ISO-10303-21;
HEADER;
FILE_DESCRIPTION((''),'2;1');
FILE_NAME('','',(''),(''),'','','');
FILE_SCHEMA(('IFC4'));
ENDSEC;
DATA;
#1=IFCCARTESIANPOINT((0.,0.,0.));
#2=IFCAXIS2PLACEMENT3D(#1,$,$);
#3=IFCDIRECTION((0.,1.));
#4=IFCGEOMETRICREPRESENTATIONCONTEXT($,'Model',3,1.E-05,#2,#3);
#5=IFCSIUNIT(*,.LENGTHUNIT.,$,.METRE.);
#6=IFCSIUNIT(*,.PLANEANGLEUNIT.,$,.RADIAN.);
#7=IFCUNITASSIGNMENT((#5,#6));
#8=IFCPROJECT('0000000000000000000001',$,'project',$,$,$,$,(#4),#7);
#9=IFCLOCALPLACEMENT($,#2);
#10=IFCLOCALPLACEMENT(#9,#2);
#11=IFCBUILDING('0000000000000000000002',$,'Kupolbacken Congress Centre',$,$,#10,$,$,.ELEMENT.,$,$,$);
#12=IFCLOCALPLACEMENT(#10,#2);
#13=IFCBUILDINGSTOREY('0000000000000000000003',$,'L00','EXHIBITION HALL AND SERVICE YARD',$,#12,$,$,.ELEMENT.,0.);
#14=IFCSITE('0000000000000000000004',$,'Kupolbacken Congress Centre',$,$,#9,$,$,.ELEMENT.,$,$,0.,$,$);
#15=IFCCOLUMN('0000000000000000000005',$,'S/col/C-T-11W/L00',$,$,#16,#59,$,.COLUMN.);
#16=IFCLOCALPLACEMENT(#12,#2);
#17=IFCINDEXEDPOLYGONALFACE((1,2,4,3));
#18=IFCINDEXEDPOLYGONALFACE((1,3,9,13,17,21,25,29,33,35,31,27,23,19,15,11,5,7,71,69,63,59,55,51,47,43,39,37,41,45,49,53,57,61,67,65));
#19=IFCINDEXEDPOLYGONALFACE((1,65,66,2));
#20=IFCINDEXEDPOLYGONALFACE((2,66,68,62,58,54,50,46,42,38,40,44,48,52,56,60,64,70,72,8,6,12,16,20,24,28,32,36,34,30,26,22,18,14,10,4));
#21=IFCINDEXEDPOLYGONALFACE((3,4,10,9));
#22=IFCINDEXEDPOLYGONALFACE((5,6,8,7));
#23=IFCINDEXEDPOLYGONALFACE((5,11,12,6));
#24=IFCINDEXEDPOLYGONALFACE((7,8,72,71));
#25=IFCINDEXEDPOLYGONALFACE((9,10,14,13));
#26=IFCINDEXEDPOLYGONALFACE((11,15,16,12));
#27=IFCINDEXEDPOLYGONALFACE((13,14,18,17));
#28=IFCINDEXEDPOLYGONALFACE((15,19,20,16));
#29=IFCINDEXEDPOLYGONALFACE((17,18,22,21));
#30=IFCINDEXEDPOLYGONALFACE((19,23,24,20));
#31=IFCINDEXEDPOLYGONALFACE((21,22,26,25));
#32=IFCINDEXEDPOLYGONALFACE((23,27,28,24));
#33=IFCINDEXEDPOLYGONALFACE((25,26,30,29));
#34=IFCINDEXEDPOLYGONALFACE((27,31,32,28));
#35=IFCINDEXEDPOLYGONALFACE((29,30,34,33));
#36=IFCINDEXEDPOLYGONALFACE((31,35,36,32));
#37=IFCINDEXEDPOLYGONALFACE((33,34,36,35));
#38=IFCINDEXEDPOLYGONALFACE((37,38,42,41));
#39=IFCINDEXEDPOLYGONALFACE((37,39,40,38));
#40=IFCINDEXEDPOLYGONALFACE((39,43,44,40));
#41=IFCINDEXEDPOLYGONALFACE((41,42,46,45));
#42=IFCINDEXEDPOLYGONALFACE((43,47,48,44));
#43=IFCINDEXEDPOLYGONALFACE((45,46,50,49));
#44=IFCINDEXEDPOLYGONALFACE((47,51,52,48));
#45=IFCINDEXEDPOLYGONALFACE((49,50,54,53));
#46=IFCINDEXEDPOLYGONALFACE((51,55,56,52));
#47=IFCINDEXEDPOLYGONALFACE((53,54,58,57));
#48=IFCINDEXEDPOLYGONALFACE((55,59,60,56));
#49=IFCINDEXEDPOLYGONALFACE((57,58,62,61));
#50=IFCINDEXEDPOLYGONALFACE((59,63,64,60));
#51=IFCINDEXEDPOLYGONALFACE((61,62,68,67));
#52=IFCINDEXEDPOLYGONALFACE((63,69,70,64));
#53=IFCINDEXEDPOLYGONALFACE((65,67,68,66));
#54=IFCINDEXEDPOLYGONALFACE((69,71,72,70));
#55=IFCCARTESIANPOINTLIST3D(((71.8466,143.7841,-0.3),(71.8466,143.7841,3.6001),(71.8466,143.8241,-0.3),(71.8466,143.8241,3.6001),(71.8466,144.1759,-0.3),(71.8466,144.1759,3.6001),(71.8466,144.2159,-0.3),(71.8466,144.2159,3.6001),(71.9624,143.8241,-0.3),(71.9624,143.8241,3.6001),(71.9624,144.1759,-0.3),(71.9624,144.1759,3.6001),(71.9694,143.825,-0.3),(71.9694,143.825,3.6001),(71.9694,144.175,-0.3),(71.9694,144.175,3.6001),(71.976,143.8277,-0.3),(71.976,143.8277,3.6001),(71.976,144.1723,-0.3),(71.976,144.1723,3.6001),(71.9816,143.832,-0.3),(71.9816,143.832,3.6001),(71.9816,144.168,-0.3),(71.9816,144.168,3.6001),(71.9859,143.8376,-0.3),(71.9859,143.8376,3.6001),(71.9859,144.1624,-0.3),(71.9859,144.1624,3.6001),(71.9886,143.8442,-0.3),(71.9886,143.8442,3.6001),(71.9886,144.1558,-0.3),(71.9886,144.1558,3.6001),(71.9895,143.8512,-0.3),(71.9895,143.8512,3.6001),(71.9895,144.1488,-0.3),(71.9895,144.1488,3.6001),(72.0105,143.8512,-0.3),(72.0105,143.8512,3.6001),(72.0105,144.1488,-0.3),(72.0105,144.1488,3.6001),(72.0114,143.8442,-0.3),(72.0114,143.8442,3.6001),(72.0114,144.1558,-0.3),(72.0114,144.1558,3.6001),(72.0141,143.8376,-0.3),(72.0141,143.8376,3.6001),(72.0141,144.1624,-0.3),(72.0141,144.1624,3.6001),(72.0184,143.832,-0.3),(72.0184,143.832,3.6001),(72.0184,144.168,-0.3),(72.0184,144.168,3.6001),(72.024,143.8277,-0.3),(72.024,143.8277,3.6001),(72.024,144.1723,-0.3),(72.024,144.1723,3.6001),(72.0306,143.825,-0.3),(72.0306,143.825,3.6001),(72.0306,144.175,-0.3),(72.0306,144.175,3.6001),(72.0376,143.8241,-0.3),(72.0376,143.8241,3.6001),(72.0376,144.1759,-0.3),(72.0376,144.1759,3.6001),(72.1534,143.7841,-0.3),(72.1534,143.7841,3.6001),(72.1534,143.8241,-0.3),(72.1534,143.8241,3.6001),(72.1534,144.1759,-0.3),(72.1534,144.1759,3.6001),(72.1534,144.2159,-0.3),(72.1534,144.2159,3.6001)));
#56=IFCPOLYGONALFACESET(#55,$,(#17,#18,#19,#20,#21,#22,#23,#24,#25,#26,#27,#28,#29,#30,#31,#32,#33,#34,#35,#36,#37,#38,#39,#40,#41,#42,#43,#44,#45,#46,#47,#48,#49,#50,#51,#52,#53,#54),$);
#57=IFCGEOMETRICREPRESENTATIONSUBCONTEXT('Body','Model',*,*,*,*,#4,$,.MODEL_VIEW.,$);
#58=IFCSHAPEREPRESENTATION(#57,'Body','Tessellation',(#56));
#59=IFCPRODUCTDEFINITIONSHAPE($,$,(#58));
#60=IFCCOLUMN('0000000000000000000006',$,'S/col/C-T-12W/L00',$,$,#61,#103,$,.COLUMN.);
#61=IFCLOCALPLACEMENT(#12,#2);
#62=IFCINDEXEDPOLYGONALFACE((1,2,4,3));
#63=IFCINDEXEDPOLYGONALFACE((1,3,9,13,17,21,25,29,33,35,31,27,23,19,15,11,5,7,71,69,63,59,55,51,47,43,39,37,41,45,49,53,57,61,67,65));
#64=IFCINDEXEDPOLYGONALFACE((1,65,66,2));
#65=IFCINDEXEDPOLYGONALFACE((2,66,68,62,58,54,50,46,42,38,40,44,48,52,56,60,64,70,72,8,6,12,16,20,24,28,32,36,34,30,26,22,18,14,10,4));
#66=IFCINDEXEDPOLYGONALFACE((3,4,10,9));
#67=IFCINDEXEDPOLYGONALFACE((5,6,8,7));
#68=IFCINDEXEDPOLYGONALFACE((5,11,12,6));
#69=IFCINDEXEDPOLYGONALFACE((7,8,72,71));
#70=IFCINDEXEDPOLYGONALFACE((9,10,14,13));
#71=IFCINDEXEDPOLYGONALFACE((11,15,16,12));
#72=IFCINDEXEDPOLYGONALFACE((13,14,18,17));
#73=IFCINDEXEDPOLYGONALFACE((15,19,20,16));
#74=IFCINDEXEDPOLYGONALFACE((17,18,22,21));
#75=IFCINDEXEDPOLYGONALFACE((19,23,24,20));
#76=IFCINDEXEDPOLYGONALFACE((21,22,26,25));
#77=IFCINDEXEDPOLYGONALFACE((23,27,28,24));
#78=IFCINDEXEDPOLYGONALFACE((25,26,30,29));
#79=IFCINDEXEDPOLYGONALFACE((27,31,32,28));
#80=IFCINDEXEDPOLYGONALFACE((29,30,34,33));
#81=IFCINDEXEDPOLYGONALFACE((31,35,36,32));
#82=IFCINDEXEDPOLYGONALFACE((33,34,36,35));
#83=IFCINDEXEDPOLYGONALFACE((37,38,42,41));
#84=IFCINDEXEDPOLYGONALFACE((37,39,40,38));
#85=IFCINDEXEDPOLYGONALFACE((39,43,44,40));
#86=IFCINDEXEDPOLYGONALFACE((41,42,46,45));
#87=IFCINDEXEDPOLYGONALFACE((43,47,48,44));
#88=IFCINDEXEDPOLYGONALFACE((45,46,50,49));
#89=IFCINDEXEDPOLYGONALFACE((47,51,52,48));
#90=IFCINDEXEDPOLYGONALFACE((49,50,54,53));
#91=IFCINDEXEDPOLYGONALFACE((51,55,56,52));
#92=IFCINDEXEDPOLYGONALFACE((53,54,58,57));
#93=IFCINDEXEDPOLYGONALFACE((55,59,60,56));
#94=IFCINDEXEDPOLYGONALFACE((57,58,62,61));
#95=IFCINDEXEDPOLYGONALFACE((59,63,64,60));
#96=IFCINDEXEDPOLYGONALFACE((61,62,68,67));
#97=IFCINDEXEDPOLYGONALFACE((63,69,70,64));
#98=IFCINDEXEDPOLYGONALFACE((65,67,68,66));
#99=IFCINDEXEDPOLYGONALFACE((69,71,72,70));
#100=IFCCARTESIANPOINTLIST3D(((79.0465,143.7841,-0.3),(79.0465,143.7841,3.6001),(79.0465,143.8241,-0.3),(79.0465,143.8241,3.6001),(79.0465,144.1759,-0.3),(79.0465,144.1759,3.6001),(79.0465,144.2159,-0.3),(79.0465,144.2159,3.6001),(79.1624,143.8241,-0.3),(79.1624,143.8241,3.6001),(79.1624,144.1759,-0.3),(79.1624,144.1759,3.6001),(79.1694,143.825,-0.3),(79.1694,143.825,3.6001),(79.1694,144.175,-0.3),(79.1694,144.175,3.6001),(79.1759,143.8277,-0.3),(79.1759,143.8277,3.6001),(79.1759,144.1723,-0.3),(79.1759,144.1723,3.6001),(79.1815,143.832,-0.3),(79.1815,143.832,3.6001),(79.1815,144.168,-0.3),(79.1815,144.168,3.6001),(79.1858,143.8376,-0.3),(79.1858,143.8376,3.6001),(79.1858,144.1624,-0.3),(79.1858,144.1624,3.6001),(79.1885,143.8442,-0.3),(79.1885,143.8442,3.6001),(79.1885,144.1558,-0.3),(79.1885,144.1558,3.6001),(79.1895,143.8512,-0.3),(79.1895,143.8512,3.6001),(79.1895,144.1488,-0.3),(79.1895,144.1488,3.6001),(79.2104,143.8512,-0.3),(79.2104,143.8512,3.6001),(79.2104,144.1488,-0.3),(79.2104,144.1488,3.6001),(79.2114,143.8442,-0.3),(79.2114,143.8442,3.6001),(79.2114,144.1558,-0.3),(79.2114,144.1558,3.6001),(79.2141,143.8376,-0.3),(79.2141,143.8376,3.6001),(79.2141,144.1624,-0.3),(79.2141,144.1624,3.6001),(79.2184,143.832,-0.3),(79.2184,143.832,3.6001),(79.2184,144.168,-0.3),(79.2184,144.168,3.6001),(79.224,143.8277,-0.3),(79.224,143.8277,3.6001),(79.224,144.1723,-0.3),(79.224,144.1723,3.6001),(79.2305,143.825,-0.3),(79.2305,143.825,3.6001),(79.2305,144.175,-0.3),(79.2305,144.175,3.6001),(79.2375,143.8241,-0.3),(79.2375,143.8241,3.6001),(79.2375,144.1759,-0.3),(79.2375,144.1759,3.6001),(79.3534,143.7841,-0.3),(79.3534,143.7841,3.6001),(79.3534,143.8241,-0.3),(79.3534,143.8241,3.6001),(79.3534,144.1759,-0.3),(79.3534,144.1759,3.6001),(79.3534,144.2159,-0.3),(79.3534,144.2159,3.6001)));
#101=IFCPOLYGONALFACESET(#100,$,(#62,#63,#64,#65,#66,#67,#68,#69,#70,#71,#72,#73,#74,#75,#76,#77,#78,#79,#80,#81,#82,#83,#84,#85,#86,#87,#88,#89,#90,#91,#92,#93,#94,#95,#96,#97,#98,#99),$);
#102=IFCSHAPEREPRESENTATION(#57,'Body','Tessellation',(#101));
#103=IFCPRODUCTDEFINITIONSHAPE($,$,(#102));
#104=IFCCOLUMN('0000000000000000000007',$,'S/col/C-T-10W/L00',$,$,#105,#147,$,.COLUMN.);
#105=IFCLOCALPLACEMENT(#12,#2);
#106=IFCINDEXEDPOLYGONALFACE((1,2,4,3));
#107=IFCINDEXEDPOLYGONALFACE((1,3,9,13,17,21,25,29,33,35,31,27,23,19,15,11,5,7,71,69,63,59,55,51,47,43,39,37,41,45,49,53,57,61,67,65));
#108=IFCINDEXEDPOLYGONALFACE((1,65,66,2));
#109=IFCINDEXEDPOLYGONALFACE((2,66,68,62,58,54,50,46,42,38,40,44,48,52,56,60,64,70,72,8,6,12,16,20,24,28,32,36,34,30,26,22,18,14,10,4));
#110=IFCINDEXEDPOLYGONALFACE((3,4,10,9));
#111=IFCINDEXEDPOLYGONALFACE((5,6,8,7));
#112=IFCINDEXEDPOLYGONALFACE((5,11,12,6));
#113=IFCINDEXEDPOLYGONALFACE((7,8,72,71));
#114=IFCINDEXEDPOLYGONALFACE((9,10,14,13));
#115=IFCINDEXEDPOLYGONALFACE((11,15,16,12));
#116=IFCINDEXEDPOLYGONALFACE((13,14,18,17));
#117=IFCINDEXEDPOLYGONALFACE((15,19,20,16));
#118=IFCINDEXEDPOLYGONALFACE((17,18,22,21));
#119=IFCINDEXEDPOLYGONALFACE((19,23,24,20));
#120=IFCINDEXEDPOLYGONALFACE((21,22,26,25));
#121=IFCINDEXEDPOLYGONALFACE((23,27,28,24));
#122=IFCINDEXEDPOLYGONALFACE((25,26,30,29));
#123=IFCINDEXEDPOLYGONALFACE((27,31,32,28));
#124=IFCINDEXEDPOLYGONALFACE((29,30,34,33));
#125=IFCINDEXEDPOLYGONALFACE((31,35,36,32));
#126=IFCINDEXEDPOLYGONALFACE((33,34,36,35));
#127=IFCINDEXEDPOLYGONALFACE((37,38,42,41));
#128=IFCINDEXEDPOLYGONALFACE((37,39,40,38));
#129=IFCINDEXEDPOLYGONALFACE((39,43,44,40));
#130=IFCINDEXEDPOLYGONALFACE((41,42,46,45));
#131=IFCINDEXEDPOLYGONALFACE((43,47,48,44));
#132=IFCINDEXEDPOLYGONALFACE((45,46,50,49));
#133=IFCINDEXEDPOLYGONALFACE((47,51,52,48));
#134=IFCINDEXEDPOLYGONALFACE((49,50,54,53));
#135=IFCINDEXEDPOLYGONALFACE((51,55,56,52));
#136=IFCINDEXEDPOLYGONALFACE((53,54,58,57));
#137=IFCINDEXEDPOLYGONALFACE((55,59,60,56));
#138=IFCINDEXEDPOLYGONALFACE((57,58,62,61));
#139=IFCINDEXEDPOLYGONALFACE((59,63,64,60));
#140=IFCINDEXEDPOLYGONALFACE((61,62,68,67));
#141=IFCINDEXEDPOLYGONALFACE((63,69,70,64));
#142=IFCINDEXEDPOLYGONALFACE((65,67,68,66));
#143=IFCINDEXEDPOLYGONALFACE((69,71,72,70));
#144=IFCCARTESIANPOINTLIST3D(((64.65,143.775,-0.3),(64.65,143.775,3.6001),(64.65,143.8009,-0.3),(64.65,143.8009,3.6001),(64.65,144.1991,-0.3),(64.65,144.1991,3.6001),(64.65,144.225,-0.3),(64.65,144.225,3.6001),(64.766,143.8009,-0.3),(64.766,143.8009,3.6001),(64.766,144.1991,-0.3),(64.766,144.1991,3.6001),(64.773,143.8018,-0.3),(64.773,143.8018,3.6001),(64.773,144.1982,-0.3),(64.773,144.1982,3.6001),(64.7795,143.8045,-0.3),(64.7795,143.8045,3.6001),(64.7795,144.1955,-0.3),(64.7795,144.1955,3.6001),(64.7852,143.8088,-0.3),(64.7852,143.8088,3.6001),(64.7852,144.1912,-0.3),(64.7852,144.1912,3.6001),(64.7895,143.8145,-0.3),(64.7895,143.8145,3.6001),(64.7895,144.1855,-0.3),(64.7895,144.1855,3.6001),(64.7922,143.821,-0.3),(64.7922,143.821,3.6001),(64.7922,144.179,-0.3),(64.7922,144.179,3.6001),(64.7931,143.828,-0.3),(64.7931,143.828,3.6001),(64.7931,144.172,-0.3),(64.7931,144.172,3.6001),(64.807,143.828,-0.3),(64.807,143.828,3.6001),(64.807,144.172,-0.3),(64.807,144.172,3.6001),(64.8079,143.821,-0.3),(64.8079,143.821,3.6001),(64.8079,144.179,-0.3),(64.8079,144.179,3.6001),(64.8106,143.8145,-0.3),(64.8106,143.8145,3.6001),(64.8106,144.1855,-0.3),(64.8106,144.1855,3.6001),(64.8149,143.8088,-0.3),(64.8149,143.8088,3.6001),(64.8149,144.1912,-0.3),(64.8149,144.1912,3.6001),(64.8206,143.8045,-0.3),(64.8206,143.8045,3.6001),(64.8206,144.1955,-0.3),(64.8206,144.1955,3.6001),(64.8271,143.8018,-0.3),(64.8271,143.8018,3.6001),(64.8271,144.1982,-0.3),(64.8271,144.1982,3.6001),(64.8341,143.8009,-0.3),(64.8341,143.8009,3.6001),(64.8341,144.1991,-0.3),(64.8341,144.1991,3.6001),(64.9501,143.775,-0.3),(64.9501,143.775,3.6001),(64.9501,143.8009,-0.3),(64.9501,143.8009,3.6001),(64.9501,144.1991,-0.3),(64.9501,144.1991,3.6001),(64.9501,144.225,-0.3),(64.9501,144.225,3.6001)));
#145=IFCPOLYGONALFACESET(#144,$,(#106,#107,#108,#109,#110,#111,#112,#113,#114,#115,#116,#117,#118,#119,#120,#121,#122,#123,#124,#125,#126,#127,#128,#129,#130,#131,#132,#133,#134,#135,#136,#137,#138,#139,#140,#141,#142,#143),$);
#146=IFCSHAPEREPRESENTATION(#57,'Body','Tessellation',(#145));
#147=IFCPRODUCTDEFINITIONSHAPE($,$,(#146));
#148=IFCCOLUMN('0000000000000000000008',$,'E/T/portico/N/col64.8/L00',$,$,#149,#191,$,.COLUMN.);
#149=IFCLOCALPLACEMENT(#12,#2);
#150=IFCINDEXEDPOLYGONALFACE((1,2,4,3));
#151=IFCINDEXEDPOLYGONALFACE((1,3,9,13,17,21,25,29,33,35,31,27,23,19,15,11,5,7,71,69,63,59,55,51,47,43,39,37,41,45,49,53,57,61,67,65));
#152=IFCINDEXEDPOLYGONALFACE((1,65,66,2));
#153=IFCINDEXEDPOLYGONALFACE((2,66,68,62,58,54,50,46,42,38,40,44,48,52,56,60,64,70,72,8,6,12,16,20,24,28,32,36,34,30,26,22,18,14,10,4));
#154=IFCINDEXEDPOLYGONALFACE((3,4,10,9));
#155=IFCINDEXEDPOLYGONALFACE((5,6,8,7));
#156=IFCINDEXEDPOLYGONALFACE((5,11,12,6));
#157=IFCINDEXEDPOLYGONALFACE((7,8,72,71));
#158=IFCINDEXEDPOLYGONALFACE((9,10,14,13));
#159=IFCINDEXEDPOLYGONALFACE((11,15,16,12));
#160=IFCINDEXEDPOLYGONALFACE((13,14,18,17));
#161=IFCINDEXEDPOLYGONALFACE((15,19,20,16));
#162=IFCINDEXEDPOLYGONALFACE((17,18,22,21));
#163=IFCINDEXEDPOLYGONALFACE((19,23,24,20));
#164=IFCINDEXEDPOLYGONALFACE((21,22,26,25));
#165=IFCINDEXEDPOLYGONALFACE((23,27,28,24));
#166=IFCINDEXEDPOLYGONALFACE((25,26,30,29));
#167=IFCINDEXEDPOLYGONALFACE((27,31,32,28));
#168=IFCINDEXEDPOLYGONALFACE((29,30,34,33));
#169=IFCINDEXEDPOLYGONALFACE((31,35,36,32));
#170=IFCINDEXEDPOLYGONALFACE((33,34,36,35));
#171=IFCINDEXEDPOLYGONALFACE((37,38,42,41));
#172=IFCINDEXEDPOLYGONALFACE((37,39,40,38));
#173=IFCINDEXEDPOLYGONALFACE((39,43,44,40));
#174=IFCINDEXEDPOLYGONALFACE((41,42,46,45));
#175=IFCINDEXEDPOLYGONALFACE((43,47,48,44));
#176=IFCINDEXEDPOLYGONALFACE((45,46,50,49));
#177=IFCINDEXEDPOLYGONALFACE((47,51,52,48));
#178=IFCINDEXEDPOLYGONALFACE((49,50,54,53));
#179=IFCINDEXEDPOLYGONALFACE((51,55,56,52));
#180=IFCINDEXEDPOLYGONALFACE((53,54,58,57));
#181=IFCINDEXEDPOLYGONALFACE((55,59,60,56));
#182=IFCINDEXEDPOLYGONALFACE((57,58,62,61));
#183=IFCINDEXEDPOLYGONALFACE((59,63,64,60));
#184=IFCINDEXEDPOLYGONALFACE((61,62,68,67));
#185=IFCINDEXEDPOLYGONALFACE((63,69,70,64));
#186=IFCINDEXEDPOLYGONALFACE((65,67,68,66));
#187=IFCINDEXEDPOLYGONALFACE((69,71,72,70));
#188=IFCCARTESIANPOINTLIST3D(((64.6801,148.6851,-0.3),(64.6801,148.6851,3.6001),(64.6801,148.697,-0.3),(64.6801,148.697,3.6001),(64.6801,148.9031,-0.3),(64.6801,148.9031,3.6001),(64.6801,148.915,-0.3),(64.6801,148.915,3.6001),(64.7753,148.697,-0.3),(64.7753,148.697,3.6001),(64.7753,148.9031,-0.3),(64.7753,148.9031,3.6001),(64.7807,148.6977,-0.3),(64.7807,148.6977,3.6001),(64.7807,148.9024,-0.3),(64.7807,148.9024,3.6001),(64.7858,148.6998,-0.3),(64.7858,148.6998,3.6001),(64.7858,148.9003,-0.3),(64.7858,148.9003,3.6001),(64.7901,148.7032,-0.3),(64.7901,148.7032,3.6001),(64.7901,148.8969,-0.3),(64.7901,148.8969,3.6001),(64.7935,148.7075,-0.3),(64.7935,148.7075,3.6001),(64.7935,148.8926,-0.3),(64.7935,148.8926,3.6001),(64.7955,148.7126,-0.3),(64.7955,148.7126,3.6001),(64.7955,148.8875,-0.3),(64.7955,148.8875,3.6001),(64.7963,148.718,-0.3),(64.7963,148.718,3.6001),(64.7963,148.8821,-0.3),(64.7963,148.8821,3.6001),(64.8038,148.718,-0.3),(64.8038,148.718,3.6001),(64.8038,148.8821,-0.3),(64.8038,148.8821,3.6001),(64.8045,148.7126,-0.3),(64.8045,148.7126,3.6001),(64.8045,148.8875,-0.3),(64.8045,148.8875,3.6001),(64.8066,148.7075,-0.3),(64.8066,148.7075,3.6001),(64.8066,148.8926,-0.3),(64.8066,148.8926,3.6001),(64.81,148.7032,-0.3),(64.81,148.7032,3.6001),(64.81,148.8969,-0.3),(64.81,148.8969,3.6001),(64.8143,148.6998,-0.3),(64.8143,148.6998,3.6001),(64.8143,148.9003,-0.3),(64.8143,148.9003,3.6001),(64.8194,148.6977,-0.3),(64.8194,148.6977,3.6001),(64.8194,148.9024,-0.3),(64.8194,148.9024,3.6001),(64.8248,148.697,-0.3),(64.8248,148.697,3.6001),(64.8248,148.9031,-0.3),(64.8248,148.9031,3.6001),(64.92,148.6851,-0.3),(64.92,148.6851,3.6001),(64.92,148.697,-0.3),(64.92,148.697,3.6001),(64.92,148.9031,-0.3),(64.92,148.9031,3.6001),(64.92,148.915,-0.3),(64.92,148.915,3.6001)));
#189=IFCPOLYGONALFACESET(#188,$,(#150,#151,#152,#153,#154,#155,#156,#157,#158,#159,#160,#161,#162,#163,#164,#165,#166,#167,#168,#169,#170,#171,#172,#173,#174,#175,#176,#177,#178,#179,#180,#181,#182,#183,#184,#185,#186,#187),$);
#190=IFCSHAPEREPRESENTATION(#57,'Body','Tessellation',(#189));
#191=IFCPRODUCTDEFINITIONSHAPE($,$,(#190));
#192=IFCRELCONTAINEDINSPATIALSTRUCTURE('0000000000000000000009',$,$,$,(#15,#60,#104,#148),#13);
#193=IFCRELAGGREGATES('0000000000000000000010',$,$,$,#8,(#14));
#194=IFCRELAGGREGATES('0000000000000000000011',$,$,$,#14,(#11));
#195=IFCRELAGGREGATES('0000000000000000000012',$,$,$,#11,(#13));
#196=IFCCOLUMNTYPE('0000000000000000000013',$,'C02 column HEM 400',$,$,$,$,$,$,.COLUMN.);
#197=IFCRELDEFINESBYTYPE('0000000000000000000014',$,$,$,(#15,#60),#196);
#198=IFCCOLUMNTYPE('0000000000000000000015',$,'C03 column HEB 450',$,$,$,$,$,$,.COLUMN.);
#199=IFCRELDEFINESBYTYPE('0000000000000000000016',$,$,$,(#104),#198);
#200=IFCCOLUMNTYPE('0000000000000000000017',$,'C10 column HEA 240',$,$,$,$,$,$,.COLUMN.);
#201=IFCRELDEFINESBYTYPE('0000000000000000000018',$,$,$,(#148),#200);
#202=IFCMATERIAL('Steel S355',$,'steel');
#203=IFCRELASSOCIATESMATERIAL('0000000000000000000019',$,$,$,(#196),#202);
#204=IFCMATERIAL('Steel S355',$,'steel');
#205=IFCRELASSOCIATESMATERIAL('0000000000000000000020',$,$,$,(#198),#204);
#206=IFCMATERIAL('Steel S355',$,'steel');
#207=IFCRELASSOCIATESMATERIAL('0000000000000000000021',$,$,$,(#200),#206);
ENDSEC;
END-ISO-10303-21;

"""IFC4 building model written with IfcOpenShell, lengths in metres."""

from ifc_helpers import new_model, si_unit, direction, frame, origin, origin_2d, place, context, subcontext, project, spatial, i_section, extrude, material, material_profile, profile_set, type_object, element, save


model = new_model("IFC4")

# Units and contexts
model_context = context("Model", 3, precision=1e-05, world=origin(), true_north=direction((0.0, 1.0)))
body_context = subcontext(model_context, "Body", "Model", "MODEL_VIEW")
ifc_project = project(units=[si_unit("LENGTHUNIT", "METRE"), si_unit("PLANEANGLEUNIT", "RADIAN")], contexts=[model_context])

# Site, building, storey
site_placement = place(None, origin())
site = spatial("IfcSite", under=ifc_project, at=site_placement, Name="Kupolbacken Congress Centre", CompositionType="ELEMENT", RefElevation=0.0)
building_placement = place(site_placement, origin())
building = spatial("IfcBuilding", under=site, at=building_placement, Name="Kupolbacken Congress Centre", CompositionType="ELEMENT")
storey_placement = place(building_placement, origin())
storey = spatial("IfcBuildingStorey", under=building, at=storey_placement, Name="L00", Description="EXHIBITION HALL AND SERVICE YARD", CompositionType="ELEMENT", Elevation=0.0)

# Columns
ifc_material_1 = material(Name="Steel S355", Category="steel")
ifc_material_profile_1 = material_profile(ifc_material_1, i_section(OverallWidth=0.3069, OverallDepth=0.4319, WebThickness=0.021, FlangeThickness=0.04, FilletRadius=0.0271, at=origin_2d()), Name="HEM 400")
ifc_profile_set_1 = profile_set([ifc_material_profile_1], Name="Steel S355")
column_type_1 = type_object("IfcColumnType", Name="C02 column HEM 400", PredefinedType="COLUMN", material=ifc_profile_set_1)
for number, where, z_axis, x_axis, name in (
    (1, (72.0, 144.0, -0.3), (0.0, 0.0, 1.0), (1.0, 0.0, 0.0), "S/col/C-T-11W/L00"),
    (2, (79.2, 144.0, -0.3), (0.0, 0.0, 1.0), (1.0, 0.0, 0.0), "S/col/C-T-12W/L00"),
):
    element("IfcColumn", number, at=place(storey_placement, frame(where, z_axis=z_axis, x_axis=x_axis)), inside=storey, type_object=column_type_1, Name=name, PredefinedType="COLUMN", context=body_context, shape_type="SweptSolid", body=[
        extrude(i_section(OverallWidth=0.3069, OverallDepth=0.4319, WebThickness=0.021, FlangeThickness=0.04, FilletRadius=0.0271, at=origin_2d()), origin(), (0.0, 0.0, 1.0), 3.9001),
    ])
ifc_material_2 = material(Name="Steel S355", Category="steel")
ifc_material_profile_2 = material_profile(ifc_material_2, i_section(OverallWidth=0.3, OverallDepth=0.45, WebThickness=0.0139, FlangeThickness=0.0259, FilletRadius=0.0271, at=origin_2d()), Name="HEB 450")
ifc_profile_set_2 = profile_set([ifc_material_profile_2], Name="Steel S355")
column_type_2 = type_object("IfcColumnType", Name="C03 column HEB 450", PredefinedType="COLUMN", material=ifc_profile_set_2)
column_placement = place(storey_placement, frame((64.8, 144.0, -0.3), z_axis=(0.0, 0.0, 1.0), x_axis=(1.0, 0.0, 0.0)))
element("IfcColumn", 3, at=column_placement, inside=storey, type_object=column_type_2, Name="S/col/C-T-10W/L00", PredefinedType="COLUMN", context=body_context, shape_type="SweptSolid", body=[
    extrude(i_section(OverallWidth=0.3, OverallDepth=0.45, WebThickness=0.0139, FlangeThickness=0.0259, FilletRadius=0.0271, at=origin_2d()), origin(), (0.0, 0.0, 1.0), 3.9001),
])
ifc_material_3 = material(Name="Steel S355", Category="steel")
ifc_material_profile_3 = material_profile(ifc_material_3, i_section(OverallWidth=0.24, OverallDepth=0.23, WebThickness=0.0076, FlangeThickness=0.012, FilletRadius=0.021, at=origin_2d()), Name="HEA 240")
ifc_profile_set_3 = profile_set([ifc_material_profile_3], Name="Steel S355")
column_type_3 = type_object("IfcColumnType", Name="C10 column HEA 240", PredefinedType="COLUMN", material=ifc_profile_set_3)
for number, where, z_axis, x_axis, name in (
    (4, (64.8, 148.8, -0.3), (0.0, 0.0, 1.0), (1.0, 0.0, 0.0), "E/T/portico/N/col64.8/L00"),
):
    element("IfcColumn", number, at=place(storey_placement, frame(where, z_axis=z_axis, x_axis=x_axis)), inside=storey, type_object=column_type_3, Name=name, PredefinedType="COLUMN", context=body_context, shape_type="SweptSolid", body=[
        extrude(i_section(OverallWidth=0.24, OverallDepth=0.23, WebThickness=0.0076, FlangeThickness=0.012, FilletRadius=0.021, at=origin_2d()), origin(), (0.0, 0.0, 1.0), 3.9001),
    ])

save(model, "model.ifc")
